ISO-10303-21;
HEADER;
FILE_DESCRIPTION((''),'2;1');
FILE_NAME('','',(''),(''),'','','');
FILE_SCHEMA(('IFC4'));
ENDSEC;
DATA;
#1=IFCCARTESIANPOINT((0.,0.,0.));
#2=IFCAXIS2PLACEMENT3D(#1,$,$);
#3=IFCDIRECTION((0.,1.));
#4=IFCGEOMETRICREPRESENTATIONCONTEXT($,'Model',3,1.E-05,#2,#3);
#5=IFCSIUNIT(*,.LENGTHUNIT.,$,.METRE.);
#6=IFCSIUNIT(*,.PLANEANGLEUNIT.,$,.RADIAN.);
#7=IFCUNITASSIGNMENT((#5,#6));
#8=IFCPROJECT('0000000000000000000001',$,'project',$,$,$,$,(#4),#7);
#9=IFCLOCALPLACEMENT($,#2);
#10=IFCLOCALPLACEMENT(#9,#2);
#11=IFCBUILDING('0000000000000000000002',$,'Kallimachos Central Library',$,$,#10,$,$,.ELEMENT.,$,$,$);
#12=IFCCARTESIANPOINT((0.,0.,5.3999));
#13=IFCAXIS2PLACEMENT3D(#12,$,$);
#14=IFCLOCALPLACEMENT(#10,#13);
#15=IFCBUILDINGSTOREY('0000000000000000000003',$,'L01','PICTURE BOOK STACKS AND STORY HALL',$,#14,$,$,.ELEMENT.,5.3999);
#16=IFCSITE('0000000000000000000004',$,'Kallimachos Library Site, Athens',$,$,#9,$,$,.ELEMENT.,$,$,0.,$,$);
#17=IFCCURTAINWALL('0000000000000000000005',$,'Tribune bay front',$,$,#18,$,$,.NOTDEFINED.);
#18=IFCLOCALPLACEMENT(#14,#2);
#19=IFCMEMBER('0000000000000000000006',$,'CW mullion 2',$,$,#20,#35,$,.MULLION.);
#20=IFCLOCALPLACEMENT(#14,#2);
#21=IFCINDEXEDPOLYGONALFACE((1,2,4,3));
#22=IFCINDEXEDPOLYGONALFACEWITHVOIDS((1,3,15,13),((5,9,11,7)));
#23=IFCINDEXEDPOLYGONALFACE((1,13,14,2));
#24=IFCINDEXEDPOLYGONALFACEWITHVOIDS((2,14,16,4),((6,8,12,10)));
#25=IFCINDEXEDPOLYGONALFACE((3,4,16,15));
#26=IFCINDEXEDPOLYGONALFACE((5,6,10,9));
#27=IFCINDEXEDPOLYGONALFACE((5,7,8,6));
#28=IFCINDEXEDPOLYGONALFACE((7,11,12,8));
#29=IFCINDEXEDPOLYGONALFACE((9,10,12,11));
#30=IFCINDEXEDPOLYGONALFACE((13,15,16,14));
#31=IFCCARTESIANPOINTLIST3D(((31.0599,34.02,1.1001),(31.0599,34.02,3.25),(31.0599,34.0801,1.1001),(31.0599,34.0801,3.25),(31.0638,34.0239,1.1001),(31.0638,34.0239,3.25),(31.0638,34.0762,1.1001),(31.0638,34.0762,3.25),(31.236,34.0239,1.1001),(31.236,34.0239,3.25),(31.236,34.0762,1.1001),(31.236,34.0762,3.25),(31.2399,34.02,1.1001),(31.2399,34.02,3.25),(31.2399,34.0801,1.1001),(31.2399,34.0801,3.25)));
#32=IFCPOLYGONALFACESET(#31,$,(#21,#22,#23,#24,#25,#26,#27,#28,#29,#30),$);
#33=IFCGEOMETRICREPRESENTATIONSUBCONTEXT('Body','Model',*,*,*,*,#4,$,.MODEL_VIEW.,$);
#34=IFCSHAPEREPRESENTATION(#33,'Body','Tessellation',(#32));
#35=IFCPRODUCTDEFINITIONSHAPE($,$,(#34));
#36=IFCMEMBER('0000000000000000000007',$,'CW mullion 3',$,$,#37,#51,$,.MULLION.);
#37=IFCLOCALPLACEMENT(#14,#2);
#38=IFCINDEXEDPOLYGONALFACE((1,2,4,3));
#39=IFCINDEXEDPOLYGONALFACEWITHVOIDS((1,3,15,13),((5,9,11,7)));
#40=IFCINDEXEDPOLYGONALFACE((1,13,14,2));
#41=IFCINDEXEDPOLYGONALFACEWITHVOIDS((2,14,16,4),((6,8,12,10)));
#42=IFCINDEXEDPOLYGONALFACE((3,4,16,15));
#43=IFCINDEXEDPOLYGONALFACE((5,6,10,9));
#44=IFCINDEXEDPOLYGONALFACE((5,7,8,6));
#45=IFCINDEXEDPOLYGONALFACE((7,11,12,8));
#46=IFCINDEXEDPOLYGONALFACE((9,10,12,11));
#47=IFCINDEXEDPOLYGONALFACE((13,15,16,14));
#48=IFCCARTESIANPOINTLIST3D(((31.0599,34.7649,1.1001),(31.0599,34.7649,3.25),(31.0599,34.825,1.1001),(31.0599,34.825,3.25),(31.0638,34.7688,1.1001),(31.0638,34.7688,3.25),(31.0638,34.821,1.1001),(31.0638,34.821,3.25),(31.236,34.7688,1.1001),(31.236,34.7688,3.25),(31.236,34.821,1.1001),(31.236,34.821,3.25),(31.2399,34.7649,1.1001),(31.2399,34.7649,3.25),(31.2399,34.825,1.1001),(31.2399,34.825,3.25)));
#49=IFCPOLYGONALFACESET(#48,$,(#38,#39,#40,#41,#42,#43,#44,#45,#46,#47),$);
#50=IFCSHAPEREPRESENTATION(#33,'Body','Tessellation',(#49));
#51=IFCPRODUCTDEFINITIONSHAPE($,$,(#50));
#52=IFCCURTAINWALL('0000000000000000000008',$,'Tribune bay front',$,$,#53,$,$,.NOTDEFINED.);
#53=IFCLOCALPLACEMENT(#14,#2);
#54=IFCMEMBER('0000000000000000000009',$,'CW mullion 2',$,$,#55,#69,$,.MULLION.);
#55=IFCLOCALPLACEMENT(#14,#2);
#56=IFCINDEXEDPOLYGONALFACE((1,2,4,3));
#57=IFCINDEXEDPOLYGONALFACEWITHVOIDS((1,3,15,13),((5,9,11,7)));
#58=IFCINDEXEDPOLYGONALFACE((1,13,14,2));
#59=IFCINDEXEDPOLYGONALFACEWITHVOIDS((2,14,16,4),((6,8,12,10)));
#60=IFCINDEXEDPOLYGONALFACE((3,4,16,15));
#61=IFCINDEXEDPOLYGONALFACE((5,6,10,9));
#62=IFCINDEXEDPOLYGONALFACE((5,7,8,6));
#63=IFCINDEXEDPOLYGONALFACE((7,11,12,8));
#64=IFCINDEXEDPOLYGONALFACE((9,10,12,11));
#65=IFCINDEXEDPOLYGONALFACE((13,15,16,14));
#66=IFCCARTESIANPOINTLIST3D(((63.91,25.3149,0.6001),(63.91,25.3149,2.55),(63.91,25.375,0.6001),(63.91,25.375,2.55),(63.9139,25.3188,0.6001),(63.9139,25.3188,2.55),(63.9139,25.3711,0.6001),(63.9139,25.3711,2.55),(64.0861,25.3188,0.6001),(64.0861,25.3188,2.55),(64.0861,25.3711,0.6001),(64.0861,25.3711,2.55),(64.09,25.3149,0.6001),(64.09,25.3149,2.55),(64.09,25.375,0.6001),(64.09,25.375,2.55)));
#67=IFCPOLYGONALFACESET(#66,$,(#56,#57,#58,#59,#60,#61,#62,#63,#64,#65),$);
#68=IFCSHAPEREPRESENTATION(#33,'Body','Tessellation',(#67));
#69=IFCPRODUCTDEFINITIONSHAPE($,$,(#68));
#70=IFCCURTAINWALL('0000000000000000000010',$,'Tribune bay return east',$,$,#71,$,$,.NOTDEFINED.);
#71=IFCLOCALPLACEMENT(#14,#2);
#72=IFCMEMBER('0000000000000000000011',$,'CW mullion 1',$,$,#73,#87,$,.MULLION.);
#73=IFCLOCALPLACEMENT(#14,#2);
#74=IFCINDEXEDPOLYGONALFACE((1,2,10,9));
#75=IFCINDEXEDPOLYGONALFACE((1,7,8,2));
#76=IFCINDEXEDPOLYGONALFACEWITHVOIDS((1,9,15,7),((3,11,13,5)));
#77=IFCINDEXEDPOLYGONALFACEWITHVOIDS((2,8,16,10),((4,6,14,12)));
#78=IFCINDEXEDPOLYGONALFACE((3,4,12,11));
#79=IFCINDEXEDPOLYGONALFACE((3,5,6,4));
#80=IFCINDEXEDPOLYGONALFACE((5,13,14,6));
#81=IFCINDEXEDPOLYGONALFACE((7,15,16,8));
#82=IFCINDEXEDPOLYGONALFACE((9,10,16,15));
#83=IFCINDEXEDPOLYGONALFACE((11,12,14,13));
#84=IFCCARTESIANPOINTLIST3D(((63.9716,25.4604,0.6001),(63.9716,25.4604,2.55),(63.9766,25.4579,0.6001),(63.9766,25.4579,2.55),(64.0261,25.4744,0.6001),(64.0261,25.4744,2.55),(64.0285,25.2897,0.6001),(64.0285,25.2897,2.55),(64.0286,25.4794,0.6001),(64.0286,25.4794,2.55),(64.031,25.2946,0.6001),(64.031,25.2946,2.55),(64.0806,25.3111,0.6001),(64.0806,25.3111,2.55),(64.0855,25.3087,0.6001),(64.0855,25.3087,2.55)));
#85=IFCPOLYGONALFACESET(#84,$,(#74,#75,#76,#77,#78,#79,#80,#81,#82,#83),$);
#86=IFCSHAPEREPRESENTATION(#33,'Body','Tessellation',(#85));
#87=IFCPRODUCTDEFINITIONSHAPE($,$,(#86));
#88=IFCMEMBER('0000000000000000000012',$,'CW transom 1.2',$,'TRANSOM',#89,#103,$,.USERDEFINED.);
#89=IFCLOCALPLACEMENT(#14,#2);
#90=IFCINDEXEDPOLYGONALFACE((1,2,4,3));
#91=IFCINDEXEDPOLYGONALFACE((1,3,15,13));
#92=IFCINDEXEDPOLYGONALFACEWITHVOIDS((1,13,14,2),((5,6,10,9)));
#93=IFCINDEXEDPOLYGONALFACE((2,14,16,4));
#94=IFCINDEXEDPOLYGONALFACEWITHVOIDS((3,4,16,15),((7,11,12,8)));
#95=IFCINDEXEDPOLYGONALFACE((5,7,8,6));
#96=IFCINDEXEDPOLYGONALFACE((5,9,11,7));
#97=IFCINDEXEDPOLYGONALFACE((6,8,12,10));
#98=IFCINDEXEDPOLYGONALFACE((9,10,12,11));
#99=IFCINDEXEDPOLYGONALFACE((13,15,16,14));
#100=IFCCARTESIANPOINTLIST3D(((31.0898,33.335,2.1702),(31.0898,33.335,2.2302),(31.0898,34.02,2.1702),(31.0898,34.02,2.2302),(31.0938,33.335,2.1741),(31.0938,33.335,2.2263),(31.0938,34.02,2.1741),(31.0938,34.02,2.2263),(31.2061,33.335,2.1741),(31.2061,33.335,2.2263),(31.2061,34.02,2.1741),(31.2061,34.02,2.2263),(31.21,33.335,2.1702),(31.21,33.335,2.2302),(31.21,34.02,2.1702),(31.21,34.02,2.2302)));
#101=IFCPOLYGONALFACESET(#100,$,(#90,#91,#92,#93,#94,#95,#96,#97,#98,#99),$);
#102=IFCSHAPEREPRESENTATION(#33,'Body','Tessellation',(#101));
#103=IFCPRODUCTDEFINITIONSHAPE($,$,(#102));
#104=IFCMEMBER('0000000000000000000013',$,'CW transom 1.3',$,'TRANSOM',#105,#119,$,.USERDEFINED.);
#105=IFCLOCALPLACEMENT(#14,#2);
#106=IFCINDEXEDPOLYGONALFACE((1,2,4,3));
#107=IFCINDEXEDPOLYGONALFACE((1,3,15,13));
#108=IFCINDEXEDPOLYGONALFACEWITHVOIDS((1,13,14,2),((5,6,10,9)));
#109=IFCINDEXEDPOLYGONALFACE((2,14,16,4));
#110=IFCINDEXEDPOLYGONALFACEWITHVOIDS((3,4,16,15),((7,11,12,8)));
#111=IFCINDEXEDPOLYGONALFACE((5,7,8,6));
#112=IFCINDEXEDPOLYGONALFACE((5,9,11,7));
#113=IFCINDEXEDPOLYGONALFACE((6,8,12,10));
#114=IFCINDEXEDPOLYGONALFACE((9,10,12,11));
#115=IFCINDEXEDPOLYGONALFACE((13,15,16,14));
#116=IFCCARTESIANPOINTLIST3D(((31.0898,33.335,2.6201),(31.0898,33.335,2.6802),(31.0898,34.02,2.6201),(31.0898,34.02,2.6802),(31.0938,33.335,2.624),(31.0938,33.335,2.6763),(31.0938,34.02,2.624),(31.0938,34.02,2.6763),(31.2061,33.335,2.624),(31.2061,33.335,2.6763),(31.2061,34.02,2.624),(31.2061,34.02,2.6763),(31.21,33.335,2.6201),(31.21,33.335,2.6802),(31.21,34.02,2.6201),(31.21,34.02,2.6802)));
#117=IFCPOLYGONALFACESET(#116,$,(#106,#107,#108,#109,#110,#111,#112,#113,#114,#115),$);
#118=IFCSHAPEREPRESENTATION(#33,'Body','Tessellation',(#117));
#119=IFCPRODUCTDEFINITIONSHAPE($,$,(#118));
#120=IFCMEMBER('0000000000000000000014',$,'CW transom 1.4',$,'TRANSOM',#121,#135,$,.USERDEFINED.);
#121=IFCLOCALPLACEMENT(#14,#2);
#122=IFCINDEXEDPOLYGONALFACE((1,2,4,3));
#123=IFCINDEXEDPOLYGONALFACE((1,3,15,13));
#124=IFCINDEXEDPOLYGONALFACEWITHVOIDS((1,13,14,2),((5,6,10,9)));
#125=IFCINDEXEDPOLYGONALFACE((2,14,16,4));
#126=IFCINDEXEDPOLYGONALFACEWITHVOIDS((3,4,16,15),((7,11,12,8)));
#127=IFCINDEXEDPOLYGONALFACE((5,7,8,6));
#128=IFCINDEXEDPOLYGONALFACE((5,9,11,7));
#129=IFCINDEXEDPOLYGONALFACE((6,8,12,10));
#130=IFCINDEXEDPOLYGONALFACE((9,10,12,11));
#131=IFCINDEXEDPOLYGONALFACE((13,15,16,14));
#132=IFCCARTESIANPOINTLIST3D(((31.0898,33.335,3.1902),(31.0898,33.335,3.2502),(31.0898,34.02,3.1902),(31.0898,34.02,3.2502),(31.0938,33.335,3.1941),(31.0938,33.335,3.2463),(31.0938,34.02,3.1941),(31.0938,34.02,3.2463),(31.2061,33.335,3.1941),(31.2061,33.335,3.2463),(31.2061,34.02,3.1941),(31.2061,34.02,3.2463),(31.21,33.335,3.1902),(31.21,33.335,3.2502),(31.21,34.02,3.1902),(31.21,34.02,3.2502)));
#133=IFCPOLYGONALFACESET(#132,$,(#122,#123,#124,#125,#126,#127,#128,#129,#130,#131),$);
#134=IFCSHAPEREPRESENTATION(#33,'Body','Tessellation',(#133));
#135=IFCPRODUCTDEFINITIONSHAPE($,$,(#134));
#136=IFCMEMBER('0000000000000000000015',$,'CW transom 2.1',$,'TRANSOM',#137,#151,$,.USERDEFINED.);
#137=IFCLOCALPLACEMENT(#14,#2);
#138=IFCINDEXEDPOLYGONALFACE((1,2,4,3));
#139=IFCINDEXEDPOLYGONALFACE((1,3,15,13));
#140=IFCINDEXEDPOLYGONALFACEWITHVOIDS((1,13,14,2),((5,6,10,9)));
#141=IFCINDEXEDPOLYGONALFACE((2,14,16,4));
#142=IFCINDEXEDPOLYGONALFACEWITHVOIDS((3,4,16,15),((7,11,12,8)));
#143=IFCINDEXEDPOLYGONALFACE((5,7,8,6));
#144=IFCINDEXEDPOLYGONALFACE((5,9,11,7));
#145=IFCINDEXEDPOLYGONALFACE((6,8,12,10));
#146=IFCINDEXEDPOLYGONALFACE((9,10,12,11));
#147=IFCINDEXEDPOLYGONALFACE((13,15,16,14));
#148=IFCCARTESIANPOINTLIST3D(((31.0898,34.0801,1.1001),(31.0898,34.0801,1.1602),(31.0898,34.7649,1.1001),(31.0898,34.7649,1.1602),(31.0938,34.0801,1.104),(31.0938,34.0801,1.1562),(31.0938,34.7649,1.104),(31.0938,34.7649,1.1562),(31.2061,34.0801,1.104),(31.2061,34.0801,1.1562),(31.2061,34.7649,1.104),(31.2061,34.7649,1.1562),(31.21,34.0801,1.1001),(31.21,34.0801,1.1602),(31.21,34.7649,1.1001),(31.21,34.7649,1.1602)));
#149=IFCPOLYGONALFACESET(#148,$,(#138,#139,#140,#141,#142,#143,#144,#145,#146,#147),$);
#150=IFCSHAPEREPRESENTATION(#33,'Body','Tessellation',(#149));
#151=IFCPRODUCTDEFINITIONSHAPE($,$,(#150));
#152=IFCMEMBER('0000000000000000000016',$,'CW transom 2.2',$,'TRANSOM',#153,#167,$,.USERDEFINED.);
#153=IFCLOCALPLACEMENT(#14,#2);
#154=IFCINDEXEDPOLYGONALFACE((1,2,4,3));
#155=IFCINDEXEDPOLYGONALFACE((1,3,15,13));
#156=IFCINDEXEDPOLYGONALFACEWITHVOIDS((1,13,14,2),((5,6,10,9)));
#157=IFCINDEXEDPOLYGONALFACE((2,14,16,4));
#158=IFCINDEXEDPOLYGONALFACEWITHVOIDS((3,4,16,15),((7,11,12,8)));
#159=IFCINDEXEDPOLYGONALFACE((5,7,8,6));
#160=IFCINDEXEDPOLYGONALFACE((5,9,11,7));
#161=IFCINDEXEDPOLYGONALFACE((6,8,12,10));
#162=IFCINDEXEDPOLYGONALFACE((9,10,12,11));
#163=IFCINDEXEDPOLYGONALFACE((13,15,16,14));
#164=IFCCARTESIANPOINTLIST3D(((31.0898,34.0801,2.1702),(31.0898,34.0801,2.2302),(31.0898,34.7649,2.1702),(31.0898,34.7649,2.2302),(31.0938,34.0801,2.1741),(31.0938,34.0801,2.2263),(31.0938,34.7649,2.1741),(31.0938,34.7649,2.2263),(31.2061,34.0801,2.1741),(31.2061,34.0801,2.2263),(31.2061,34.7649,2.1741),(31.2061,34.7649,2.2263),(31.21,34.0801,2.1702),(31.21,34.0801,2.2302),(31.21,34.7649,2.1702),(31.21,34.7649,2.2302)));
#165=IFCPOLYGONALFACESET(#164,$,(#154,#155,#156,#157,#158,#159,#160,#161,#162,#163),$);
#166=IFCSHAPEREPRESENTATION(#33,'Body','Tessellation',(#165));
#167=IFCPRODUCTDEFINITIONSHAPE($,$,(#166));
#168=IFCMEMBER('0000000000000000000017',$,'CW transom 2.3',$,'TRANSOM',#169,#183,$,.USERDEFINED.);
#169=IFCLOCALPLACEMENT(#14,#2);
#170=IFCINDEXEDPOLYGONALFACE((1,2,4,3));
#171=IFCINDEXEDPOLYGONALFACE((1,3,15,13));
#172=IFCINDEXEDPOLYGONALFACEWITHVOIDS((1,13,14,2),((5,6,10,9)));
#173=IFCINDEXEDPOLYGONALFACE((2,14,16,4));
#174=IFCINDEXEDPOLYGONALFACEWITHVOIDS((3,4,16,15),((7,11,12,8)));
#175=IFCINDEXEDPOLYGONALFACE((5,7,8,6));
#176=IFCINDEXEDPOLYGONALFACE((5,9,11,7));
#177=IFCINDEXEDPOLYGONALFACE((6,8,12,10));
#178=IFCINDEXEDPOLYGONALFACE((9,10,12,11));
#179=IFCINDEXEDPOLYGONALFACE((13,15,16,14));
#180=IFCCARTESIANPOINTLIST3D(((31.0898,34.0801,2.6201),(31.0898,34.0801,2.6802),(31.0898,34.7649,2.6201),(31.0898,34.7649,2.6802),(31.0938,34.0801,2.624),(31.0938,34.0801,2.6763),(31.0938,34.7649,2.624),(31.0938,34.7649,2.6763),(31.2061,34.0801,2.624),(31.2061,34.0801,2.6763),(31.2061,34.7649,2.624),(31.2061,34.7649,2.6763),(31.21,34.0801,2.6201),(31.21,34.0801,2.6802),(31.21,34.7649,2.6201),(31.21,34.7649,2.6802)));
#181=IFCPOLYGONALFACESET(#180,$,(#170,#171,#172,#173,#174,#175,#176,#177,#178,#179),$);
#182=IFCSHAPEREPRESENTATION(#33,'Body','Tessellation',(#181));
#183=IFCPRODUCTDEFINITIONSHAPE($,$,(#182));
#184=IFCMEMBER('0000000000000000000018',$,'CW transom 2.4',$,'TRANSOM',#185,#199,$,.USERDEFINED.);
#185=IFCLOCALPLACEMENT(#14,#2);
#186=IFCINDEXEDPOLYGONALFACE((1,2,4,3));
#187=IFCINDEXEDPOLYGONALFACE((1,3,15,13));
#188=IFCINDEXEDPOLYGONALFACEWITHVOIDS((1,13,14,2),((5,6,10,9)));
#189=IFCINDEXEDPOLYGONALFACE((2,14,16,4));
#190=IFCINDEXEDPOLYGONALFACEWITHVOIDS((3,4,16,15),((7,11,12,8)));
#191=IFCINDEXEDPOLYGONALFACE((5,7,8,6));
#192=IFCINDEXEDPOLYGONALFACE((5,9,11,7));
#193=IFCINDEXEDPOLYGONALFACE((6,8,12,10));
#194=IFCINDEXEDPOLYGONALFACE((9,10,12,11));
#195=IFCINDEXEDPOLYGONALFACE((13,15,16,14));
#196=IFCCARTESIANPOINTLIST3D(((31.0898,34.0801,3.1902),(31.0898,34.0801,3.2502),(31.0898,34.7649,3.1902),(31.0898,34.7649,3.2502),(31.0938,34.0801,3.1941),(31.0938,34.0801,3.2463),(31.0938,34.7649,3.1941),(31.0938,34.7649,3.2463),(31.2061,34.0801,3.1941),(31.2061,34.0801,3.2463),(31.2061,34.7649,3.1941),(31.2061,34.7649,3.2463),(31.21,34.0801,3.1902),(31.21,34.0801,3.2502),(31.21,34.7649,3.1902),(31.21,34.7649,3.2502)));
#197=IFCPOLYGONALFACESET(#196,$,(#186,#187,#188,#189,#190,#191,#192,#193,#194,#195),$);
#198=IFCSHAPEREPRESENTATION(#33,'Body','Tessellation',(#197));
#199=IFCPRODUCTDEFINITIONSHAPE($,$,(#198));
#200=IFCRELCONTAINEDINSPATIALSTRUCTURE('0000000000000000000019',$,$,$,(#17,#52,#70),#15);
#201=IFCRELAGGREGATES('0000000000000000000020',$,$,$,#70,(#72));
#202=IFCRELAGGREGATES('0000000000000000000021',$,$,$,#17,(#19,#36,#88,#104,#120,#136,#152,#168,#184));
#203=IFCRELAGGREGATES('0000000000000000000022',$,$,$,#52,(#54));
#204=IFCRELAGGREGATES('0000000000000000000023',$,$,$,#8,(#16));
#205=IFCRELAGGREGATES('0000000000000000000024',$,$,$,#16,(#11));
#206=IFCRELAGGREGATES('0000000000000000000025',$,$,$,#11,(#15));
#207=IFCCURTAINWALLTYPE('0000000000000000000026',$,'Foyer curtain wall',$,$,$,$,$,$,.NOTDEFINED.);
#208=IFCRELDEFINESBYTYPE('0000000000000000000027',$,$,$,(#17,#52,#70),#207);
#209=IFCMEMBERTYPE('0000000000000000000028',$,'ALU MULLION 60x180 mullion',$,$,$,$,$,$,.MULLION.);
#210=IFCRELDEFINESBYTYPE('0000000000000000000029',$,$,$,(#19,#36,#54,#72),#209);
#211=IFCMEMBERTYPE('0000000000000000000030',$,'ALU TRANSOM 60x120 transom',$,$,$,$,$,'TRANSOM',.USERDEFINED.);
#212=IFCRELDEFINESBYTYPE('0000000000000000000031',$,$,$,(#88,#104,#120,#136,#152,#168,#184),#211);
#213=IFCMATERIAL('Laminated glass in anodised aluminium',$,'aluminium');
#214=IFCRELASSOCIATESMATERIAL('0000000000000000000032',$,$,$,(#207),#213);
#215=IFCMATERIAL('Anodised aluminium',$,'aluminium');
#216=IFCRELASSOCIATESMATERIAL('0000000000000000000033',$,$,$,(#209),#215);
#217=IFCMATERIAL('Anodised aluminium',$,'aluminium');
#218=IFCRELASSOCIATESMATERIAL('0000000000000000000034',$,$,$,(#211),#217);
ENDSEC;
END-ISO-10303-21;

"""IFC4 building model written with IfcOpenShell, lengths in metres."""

from ifc_helpers import new_model, si_unit, direction, frame, origin, origin_2d, place, context, subcontext, project, spatial, hollow_rectangle, extrude, material, material_profile, profile_set, type_object, element, aggregate, save


model = new_model("IFC4")

# Units and contexts
model_context = context("Model", 3, precision=1e-05, world=origin(), true_north=direction((0.0, 1.0)))
body_context = subcontext(model_context, "Body", "Model", "MODEL_VIEW")
ifc_project = project(units=[si_unit("LENGTHUNIT", "METRE"), si_unit("PLANEANGLEUNIT", "RADIAN")], contexts=[model_context])

# Site, building, storey
site_placement = place(None, origin())
site = spatial("IfcSite", under=ifc_project, at=site_placement, Name="Kallimachos Library Site, Athens", CompositionType="ELEMENT", RefElevation=0.0)
building_placement = place(site_placement, origin())
building = spatial("IfcBuilding", under=site, at=building_placement, Name="Kallimachos Central Library", CompositionType="ELEMENT")
storey_placement = place(building_placement, frame((0.0, 0.0, 5.3999)))
storey = spatial("IfcBuildingStorey", under=building, at=storey_placement, Name="L01", Description="PICTURE BOOK STACKS AND STORY HALL", CompositionType="ELEMENT", Elevation=5.3999)

# Curtain wall, members
ifc_material_1 = material(Name="Laminated glass in anodised aluminium", Category="aluminium")
curtain_wall_type = type_object("IfcCurtainWallType", Name="Foyer curtain wall", PredefinedType="NOTDEFINED", material=ifc_material_1)
curtain_wall_1_placement = place(storey_placement, origin())
curtain_wall_1 = element("IfcCurtainWall", 1, at=curtain_wall_1_placement, inside=storey, type_object=curtain_wall_type, Name="Tribune bay front", PredefinedType="NOTDEFINED")
ifc_material_2 = material(Name="Anodised aluminium", Category="aluminium")
ifc_material_profile_1 = material_profile(ifc_material_2, hollow_rectangle(XDim=0.0601, YDim=0.1799, WallThickness=0.0039, at=origin_2d()), Name="ALU MULLION 60x180")
ifc_profile_set_1 = profile_set([ifc_material_profile_1], Name="Anodised aluminium")
member_type_1 = type_object("IfcMemberType", Name="ALU MULLION 60x180 mullion", PredefinedType="MULLION", material=ifc_profile_set_1)
member_1_placement = place(storey_placement, frame((31.1499, 34.05, 1.1001), z_axis=(0.0, 0.0, 1.0), x_axis=(0.0, 1.0, 0.0)))
member_1 = element("IfcMember", 2, at=member_1_placement, type_object=member_type_1, Name="CW mullion 2", PredefinedType="MULLION", context=body_context, shape_type="SweptSolid", body=[
    extrude(hollow_rectangle(XDim=0.0601, YDim=0.1799, WallThickness=0.0039, at=origin_2d()), origin(), (0.0, 0.0, 1.0), 2.1499),
])
member_2_placement = place(storey_placement, frame((31.1499, 34.7949, 1.1001), z_axis=(0.0, 0.0, 1.0), x_axis=(0.0, 1.0, 0.0)))
member_2 = element("IfcMember", 3, at=member_2_placement, type_object=member_type_1, Name="CW mullion 3", PredefinedType="MULLION", context=body_context, shape_type="SweptSolid", body=[
    extrude(hollow_rectangle(XDim=0.0601, YDim=0.1799, WallThickness=0.0039, at=origin_2d()), origin(), (0.0, 0.0, 1.0), 2.1499),
])

# Curtain walls, members
curtain_wall_2_placement = place(storey_placement, origin())
curtain_wall_2 = element("IfcCurtainWall", 4, at=curtain_wall_2_placement, inside=storey, type_object=curtain_wall_type, Name="Tribune bay front", PredefinedType="NOTDEFINED")
member_3_placement = place(storey_placement, frame((64.0, 25.345, 0.6001), z_axis=(0.0, 0.0, 1.0), x_axis=(0.0, 1.0, 0.0)))
member_3 = element("IfcMember", 5, at=member_3_placement, type_object=member_type_1, Name="CW mullion 2", PredefinedType="MULLION", context=body_context, shape_type="SweptSolid", body=[
    extrude(hollow_rectangle(XDim=0.0601, YDim=0.1799, WallThickness=0.0039, at=origin_2d()), origin(), (0.0, 0.0, 1.0), 1.95),
])
curtain_wall_3_placement = place(storey_placement, origin())
curtain_wall_3 = element("IfcCurtainWall", 6, at=curtain_wall_3_placement, inside=storey, type_object=curtain_wall_type, Name="Tribune bay return east", PredefinedType="NOTDEFINED")
member_4_placement = place(storey_placement, frame((64.0286, 25.3845, 0.6001), z_axis=(0.0, 0.0, 1.0), x_axis=(0.948683, 0.316228, 0.0)))
member_4 = element("IfcMember", 7, at=member_4_placement, type_object=member_type_1, Name="CW mullion 1", PredefinedType="MULLION", context=body_context, shape_type="SweptSolid", body=[
    extrude(hollow_rectangle(XDim=0.0601, YDim=0.1799, WallThickness=0.0039, at=origin_2d()), origin(), (0.0, 0.0, 1.0), 1.95),
])

# Members
ifc_material_3 = material(Name="Anodised aluminium", Category="aluminium")
ifc_material_profile_2 = material_profile(ifc_material_3, hollow_rectangle(XDim=0.0601, YDim=0.1201, WallThickness=0.0039, at=origin_2d()), Name="ALU TRANSOM 60x120")
ifc_profile_set_2 = profile_set([ifc_material_profile_2], Name="Anodised aluminium")
member_type_2 = type_object("IfcMemberType", Name="ALU TRANSOM 60x120 transom", ElementType="TRANSOM", PredefinedType="USERDEFINED", material=ifc_profile_set_2)
member_5_placement = place(storey_placement, frame((31.1499, 33.335, 2.2002), z_axis=(0.0, 1.0, 0.0), x_axis=(0.0, 0.0, 1.0)))
member_5 = element("IfcMember", 8, at=member_5_placement, type_object=member_type_2, Name="CW transom 1.2", ObjectType="TRANSOM", PredefinedType="USERDEFINED", context=body_context, shape_type="SweptSolid", body=[
    extrude(hollow_rectangle(XDim=0.0601, YDim=0.1201, WallThickness=0.0039, at=origin_2d()), origin(), (0.0, 0.0, 1.0), 0.6851),
])
member_6_placement = place(storey_placement, frame((31.1499, 33.335, 2.6501), z_axis=(0.0, 1.0, 0.0), x_axis=(0.0, 0.0, 1.0)))
member_6 = element("IfcMember", 9, at=member_6_placement, type_object=member_type_2, Name="CW transom 1.3", ObjectType="TRANSOM", PredefinedType="USERDEFINED", context=body_context, shape_type="SweptSolid", body=[
    extrude(hollow_rectangle(XDim=0.0601, YDim=0.1201, WallThickness=0.0039, at=origin_2d()), origin(), (0.0, 0.0, 1.0), 0.6851),
])
member_7_placement = place(storey_placement, frame((31.1499, 33.335, 3.2202), z_axis=(0.0, 1.0, 0.0), x_axis=(0.0, 0.0, 1.0)))
member_7 = element("IfcMember", 10, at=member_7_placement, type_object=member_type_2, Name="CW transom 1.4", ObjectType="TRANSOM", PredefinedType="USERDEFINED", context=body_context, shape_type="SweptSolid", body=[
    extrude(hollow_rectangle(XDim=0.0601, YDim=0.1201, WallThickness=0.0039, at=origin_2d()), origin(), (0.0, 0.0, 1.0), 0.6851),
])
member_8_placement = place(storey_placement, frame((31.1499, 34.0801, 1.1301), z_axis=(0.0, 1.0, 0.0), x_axis=(0.0, 0.0, 1.0)))
member_8 = element("IfcMember", 11, at=member_8_placement, type_object=member_type_2, Name="CW transom 2.1", ObjectType="TRANSOM", PredefinedType="USERDEFINED", context=body_context, shape_type="SweptSolid", body=[
    extrude(hollow_rectangle(XDim=0.0601, YDim=0.1201, WallThickness=0.0039, at=origin_2d()), origin(), (0.0, 0.0, 1.0), 0.6848),
])
member_9_placement = place(storey_placement, frame((31.1499, 34.0801, 2.2002), z_axis=(0.0, 1.0, 0.0), x_axis=(0.0, 0.0, 1.0)))
member_9 = element("IfcMember", 12, at=member_9_placement, type_object=member_type_2, Name="CW transom 2.2", ObjectType="TRANSOM", PredefinedType="USERDEFINED", context=body_context, shape_type="SweptSolid", body=[
    extrude(hollow_rectangle(XDim=0.0601, YDim=0.1201, WallThickness=0.0039, at=origin_2d()), origin(), (0.0, 0.0, 1.0), 0.6848),
])
member_10_placement = place(storey_placement, frame((31.1499, 34.0801, 2.6501), z_axis=(0.0, 1.0, 0.0), x_axis=(0.0, 0.0, 1.0)))
member_10 = element("IfcMember", 13, at=member_10_placement, type_object=member_type_2, Name="CW transom 2.3", ObjectType="TRANSOM", PredefinedType="USERDEFINED", context=body_context, shape_type="SweptSolid", body=[
    extrude(hollow_rectangle(XDim=0.0601, YDim=0.1201, WallThickness=0.0039, at=origin_2d()), origin(), (0.0, 0.0, 1.0), 0.6848),
])
member_11_placement = place(storey_placement, frame((31.1499, 34.0801, 3.2202), z_axis=(0.0, 1.0, 0.0), x_axis=(0.0, 0.0, 1.0)))
member_11 = element("IfcMember", 14, at=member_11_placement, type_object=member_type_2, Name="CW transom 2.4", ObjectType="TRANSOM", PredefinedType="USERDEFINED", context=body_context, shape_type="SweptSolid", body=[
    extrude(hollow_rectangle(XDim=0.0601, YDim=0.1201, WallThickness=0.0039, at=origin_2d()), origin(), (0.0, 0.0, 1.0), 0.6848),
])
aggregate(curtain_wall_3, [member_4])

aggregate(curtain_wall_1, [member_1, member_2, member_5, member_6, member_7, member_8, member_9, member_10, member_11])
aggregate(curtain_wall_2, [member_3])

save(model, "model.ifc")
